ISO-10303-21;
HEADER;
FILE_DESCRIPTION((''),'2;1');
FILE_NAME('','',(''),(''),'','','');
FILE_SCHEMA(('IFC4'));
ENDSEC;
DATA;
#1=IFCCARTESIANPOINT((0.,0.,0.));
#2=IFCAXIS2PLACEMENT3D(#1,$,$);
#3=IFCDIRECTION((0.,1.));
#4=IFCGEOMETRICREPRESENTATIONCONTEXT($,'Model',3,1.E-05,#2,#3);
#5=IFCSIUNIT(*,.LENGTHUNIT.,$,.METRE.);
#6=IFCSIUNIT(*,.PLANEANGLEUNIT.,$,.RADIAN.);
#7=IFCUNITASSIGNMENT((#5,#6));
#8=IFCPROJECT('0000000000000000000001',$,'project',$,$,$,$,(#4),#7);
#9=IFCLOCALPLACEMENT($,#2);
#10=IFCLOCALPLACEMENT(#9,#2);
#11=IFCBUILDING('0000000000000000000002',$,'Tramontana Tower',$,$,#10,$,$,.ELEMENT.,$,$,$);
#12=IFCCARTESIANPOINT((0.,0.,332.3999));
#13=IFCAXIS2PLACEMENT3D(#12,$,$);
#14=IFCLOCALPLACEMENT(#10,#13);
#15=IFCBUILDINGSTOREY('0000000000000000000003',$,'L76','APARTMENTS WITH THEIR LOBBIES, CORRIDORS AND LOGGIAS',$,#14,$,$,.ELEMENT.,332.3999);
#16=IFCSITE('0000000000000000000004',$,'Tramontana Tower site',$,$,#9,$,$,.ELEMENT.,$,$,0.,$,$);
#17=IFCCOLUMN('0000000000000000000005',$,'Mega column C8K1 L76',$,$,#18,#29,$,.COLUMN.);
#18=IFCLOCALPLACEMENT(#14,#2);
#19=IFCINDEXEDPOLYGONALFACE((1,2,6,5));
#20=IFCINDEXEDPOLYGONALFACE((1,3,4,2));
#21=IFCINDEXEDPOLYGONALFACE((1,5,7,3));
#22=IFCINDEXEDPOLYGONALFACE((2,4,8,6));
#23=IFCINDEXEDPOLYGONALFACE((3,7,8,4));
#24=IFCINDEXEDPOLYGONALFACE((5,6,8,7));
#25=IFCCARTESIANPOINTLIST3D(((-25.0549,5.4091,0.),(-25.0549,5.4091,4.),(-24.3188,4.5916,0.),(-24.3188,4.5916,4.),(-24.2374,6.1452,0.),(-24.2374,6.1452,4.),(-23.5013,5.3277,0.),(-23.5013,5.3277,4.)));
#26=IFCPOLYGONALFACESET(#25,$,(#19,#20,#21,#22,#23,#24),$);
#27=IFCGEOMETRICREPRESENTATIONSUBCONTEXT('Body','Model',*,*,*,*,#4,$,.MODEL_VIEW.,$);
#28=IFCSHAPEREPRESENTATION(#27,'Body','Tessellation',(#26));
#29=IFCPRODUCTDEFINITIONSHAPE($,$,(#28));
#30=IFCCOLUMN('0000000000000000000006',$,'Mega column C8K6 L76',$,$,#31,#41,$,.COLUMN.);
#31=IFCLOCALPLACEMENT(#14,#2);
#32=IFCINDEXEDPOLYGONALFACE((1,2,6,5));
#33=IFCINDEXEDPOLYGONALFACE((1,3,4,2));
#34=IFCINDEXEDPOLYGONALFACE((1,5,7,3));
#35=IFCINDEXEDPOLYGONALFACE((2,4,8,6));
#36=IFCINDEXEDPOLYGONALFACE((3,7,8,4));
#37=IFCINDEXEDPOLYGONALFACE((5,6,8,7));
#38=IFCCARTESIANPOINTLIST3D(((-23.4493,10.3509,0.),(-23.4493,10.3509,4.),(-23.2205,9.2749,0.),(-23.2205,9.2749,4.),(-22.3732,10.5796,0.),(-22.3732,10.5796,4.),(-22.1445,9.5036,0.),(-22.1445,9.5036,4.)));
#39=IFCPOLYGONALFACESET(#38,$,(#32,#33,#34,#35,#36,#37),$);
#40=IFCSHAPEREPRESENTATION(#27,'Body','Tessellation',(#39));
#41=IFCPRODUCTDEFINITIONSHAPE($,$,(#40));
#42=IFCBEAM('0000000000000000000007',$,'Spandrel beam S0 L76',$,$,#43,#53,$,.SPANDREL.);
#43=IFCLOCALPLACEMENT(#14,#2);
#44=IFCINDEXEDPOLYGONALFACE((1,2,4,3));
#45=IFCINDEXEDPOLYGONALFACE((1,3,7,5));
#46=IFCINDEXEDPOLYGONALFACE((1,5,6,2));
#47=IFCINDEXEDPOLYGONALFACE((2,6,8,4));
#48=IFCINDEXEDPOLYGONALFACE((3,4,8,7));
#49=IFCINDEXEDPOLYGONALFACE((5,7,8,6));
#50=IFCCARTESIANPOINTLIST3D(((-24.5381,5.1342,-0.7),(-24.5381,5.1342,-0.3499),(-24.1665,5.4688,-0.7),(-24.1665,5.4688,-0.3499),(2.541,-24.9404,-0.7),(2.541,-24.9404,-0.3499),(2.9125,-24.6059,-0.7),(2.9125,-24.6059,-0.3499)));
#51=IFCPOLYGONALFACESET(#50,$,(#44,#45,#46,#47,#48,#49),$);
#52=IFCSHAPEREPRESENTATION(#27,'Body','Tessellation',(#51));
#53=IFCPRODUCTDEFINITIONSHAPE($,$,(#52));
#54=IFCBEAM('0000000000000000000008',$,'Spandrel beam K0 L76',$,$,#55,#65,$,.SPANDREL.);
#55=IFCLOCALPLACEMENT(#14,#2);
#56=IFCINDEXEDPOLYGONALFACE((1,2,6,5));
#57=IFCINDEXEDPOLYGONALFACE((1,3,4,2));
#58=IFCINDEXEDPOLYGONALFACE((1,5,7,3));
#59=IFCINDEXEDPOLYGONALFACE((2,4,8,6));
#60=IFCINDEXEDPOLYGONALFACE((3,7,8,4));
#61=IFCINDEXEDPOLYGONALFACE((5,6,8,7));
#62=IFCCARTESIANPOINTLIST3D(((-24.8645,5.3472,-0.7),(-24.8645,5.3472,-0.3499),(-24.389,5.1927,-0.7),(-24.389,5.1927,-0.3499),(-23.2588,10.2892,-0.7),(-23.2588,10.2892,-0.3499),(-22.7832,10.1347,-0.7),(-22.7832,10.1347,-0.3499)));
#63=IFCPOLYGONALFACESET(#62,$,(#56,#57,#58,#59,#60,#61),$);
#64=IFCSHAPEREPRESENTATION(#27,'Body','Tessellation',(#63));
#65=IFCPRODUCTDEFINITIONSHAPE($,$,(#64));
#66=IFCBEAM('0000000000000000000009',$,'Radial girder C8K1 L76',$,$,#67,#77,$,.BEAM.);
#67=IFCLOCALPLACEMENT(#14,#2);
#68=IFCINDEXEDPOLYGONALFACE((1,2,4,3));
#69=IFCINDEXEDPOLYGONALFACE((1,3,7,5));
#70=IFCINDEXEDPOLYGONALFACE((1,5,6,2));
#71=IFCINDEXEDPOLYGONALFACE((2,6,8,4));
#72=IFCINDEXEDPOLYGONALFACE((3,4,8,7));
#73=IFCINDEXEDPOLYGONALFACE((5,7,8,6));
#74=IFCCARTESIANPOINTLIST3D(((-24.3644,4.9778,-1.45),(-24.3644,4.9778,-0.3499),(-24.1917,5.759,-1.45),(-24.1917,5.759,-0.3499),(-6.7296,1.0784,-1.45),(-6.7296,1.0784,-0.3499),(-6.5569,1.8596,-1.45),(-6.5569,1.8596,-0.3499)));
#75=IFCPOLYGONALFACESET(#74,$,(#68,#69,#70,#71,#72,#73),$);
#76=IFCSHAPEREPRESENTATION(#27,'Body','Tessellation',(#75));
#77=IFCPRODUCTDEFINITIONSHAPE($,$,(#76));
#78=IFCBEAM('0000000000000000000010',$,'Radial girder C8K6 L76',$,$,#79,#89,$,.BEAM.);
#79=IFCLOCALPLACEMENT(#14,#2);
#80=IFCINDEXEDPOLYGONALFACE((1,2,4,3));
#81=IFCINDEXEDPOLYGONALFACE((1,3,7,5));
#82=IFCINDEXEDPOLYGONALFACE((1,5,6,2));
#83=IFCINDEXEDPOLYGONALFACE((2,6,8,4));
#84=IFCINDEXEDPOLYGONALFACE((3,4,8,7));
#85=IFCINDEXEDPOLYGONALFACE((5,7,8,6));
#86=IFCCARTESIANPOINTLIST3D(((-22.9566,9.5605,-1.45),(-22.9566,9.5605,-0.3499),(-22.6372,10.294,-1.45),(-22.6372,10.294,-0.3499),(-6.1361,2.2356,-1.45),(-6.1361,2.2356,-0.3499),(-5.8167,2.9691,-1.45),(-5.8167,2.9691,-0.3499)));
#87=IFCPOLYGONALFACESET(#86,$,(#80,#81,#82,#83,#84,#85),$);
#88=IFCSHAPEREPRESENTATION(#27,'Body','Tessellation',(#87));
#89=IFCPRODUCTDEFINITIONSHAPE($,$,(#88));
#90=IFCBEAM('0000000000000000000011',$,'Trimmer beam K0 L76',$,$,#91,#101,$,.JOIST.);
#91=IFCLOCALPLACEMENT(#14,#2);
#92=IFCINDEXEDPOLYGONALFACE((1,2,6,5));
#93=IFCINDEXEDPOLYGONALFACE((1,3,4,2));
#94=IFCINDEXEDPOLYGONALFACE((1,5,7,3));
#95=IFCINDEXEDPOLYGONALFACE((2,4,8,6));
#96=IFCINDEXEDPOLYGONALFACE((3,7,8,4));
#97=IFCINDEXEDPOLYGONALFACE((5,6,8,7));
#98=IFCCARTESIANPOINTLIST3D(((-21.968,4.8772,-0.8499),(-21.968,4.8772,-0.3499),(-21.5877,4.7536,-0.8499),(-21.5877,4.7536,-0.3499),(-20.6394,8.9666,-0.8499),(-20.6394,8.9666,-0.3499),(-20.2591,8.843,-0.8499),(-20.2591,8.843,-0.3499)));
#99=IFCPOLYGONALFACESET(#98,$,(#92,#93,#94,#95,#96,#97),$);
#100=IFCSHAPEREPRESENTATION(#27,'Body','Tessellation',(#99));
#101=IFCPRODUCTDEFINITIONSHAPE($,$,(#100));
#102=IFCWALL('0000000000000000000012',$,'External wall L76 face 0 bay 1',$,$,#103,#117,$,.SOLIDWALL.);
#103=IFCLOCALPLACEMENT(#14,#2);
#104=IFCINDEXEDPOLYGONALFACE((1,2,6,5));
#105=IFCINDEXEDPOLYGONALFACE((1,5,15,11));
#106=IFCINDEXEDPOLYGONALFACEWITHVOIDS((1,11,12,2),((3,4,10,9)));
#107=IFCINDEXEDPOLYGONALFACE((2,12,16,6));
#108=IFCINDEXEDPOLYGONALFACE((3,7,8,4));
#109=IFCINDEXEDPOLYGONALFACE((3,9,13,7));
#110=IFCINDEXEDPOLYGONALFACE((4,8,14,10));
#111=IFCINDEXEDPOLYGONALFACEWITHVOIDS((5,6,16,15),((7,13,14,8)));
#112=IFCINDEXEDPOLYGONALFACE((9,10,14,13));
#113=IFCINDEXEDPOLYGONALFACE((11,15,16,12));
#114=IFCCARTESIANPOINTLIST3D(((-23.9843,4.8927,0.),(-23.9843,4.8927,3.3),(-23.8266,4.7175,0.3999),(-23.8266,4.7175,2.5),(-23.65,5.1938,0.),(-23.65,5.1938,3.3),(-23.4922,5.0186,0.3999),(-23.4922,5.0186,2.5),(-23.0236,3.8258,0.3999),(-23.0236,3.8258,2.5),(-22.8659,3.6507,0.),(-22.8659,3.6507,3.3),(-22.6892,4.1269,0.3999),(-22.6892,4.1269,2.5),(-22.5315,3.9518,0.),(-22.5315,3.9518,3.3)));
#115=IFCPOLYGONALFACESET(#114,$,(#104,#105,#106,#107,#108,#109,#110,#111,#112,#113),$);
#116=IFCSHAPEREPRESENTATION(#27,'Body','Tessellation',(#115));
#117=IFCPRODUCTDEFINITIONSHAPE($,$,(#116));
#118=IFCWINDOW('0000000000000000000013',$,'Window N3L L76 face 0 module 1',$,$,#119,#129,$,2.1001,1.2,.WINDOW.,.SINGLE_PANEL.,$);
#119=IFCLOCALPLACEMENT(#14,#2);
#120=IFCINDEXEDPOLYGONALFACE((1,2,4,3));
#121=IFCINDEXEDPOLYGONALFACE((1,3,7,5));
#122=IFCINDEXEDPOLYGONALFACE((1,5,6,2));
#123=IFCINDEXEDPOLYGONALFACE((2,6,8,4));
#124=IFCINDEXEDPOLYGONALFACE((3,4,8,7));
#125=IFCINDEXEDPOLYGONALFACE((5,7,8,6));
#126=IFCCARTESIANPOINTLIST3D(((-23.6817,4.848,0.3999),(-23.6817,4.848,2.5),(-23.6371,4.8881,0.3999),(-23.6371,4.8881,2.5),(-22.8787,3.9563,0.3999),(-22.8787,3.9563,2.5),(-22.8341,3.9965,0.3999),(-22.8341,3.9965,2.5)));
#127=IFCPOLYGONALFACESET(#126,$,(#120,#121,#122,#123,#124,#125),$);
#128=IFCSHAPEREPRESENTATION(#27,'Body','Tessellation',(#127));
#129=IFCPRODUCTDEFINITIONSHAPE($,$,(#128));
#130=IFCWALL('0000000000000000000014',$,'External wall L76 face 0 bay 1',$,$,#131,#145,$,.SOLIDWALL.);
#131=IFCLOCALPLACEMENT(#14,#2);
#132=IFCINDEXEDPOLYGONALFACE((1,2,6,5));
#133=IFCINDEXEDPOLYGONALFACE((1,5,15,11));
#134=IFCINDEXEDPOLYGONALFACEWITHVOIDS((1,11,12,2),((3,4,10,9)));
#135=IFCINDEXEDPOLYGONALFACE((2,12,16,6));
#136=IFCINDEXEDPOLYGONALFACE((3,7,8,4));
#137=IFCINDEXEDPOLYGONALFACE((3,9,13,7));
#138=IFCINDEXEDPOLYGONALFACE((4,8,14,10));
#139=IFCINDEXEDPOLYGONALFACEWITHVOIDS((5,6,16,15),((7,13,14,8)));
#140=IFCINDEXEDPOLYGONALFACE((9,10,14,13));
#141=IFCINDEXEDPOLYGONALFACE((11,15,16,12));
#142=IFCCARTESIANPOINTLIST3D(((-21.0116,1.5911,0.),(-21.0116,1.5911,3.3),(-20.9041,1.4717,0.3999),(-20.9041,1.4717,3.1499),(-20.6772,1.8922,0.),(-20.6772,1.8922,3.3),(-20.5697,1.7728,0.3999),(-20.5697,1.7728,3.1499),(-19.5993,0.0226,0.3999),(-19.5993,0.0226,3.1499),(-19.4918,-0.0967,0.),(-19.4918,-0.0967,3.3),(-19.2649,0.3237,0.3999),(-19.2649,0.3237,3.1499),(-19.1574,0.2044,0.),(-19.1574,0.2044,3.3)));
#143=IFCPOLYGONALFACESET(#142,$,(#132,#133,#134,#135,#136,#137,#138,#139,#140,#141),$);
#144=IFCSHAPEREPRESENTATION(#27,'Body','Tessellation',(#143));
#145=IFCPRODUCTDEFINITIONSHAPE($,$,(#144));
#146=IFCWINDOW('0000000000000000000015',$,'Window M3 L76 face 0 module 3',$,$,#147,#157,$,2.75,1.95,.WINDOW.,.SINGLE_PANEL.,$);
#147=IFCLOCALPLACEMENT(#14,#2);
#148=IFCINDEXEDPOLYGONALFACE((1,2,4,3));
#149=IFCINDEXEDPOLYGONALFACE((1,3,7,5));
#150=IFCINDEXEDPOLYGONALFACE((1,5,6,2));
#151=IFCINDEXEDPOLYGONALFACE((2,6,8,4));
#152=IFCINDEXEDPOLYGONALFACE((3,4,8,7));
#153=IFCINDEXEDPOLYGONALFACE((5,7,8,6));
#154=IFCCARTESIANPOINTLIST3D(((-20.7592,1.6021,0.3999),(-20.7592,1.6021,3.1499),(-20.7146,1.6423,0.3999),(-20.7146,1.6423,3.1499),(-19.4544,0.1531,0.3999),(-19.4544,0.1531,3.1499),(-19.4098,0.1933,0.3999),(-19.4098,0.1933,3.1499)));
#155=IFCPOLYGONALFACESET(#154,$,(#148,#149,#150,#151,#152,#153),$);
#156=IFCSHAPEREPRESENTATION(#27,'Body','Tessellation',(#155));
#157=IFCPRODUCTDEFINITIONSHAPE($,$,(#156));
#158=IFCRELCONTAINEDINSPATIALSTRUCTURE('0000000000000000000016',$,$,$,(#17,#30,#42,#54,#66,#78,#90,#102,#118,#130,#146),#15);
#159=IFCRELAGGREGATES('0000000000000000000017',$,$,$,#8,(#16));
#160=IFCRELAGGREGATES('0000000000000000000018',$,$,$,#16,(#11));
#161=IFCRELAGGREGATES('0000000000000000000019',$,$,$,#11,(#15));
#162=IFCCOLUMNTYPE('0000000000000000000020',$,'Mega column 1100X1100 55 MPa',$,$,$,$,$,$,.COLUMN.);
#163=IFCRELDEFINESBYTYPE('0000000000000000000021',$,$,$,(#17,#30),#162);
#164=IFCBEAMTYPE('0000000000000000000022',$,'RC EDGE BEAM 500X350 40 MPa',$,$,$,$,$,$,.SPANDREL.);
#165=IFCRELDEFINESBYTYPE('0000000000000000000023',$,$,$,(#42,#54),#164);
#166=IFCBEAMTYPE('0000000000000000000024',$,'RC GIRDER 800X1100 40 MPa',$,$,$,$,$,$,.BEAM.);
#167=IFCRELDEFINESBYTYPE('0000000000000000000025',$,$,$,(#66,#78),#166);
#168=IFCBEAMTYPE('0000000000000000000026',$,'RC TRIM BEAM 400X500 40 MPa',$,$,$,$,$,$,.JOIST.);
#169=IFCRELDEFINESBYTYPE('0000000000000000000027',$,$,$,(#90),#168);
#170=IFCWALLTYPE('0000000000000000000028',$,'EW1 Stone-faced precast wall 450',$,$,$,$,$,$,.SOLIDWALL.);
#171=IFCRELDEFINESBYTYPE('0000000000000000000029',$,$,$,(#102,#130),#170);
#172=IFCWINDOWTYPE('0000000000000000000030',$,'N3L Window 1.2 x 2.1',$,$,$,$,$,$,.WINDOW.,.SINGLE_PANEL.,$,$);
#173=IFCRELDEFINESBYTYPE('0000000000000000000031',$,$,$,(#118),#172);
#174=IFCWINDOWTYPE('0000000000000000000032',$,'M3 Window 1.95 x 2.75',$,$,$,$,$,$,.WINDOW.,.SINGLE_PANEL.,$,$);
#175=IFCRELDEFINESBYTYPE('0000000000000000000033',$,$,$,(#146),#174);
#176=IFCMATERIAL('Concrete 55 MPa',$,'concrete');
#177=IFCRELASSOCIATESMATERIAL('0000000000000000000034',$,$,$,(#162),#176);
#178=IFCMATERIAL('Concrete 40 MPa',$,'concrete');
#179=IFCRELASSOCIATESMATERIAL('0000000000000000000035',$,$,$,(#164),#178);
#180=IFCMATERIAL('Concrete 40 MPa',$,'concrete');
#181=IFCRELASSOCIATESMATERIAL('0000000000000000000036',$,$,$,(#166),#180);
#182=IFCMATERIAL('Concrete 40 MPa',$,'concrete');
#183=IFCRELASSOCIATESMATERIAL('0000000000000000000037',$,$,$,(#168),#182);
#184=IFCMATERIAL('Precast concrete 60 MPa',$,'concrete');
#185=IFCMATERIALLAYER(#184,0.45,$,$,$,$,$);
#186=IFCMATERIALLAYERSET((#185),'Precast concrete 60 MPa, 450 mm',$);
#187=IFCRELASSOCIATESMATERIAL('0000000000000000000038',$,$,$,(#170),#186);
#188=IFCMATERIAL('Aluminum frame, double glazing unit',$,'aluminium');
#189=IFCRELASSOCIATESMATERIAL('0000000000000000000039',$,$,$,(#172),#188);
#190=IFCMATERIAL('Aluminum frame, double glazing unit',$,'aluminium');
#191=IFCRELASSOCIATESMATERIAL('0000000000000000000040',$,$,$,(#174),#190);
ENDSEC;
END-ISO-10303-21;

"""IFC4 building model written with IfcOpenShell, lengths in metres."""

from ifc_helpers import new_model, si_unit, direction, frame, frame_2d, origin, origin_2d, place, context, subcontext, project, spatial, rectangle, extrude, material, layer, layer_set, material_profile, profile_set, type_object, element, fill, save


model = new_model("IFC4")

# Units and contexts
model_context = context("Model", 3, precision=1e-05, world=origin(), true_north=direction((0.0, 1.0)))
body_context = subcontext(model_context, "Body", "Model", "MODEL_VIEW")
ifc_project = project(units=[si_unit("LENGTHUNIT", "METRE"), si_unit("PLANEANGLEUNIT", "RADIAN")], contexts=[model_context])

# Site, building, storey
site_placement = place(None, origin())
site = spatial("IfcSite", under=ifc_project, at=site_placement, Name="Tramontana Tower site", CompositionType="ELEMENT", RefElevation=0.0)
building_placement = place(site_placement, origin())
building = spatial("IfcBuilding", under=site, at=building_placement, Name="Tramontana Tower", CompositionType="ELEMENT")
storey_placement = place(building_placement, frame((0.0, 0.0, 332.3999)))
storey = spatial("IfcBuildingStorey", under=building, at=storey_placement, Name="L76", Description="APARTMENTS WITH THEIR LOBBIES, CORRIDORS AND LOGGIAS", CompositionType="ELEMENT", Elevation=332.3999)

# Columns
ifc_material_1 = material(Name="Concrete 55 MPa", Category="concrete")
ifc_material_profile_1 = material_profile(ifc_material_1, rectangle(XDim=1.1001, YDim=1.1001, at=origin_2d()), Name="Mega column 1100X1100 55 MPa")
ifc_profile_set_1 = profile_set([ifc_material_profile_1], Name="Concrete 55 MPa")
column_type = type_object("IfcColumnType", Name="Mega column 1100X1100 55 MPa", PredefinedType="COLUMN", material=ifc_profile_set_1)
for number, where, z_axis, x_axis, name in (
    (1, (-24.2781, 5.3684, 0.0), (0.0, 0.0, 1.0), (0.669131, -0.743145, 0.0), "Mega column C8K1 L76"),
    (2, (-22.7969, 9.9272, 0.0), (0.0, 0.0, 1.0), (-0.978148, -0.207912, 0.0), "Mega column C8K6 L76"),
):
    element("IfcColumn", number, at=place(storey_placement, frame(where, z_axis=z_axis, x_axis=x_axis)), inside=storey, type_object=column_type, Name=name, PredefinedType="COLUMN", context=body_context, shape_type="SweptSolid", body=[
        extrude(rectangle(XDim=1.1001, YDim=1.1001, at=origin_2d()), origin(), (0.0, 0.0, 1.0), 4.0),
    ])

# Beams
ifc_material_2 = material(Name="Concrete 40 MPa", Category="concrete")
ifc_material_profile_2 = material_profile(ifc_material_2, rectangle(XDim=0.5, YDim=0.3501, at=origin_2d()), Name="RC EDGE BEAM 500X350 40 MPa")
ifc_profile_set_2 = profile_set([ifc_material_profile_2], Name="Concrete 40 MPa")
beam_type_1 = type_object("IfcBeamType", Name="RC EDGE BEAM 500X350 40 MPa", PredefinedType="SPANDREL", material=ifc_profile_set_2)
beam_1_placement = place(storey_placement, frame((-24.3523, 5.3015, -0.5249), z_axis=(0.669127, -0.743148, 0.0), x_axis=(0.743148, 0.669127, 0.0)))
element("IfcBeam", 3, at=beam_1_placement, inside=storey, type_object=beam_type_1, Name="Spandrel beam S0 L76", PredefinedType="SPANDREL", context=body_context, shape_type="SweptSolid", body=[
    extrude(rectangle(XDim=0.5, YDim=0.3501, at=origin_2d()), origin(), (0.0, 0.0, 1.0), 40.4692),
])
beam_2_placement = place(storey_placement, frame((-23.021, 10.2119, -0.5249), z_axis=(-0.309016, -0.951057, 0.0), x_axis=(0.951057, -0.309016, 0.0)))
element("IfcBeam", 4, at=beam_2_placement, inside=storey, type_object=beam_type_1, Name="Spandrel beam K0 L76", PredefinedType="SPANDREL", context=body_context, shape_type="SweptSolid", body=[
    extrude(rectangle(XDim=0.5, YDim=0.3501, at=origin_2d()), origin(), (0.0, 0.0, 1.0), 5.1963),
])
ifc_material_3 = material(Name="Concrete 40 MPa", Category="concrete")
ifc_material_profile_3 = material_profile(ifc_material_3, rectangle(XDim=0.8, YDim=1.1001, at=origin_2d()), Name="RC GIRDER 800X1100 40 MPa")
ifc_profile_set_3 = profile_set([ifc_material_profile_3], Name="Concrete 40 MPa")
beam_type_2 = type_object("IfcBeamType", Name="RC GIRDER 800X1100 40 MPa", PredefinedType="BEAM", material=ifc_profile_set_3)
beam_3_placement = place(storey_placement, frame((-24.2781, 5.3684, -0.8999), z_axis=(0.976414, -0.215906, 0.0), x_axis=(0.215906, 0.976414, 0.0)))
element("IfcBeam", 5, at=beam_3_placement, inside=storey, type_object=beam_type_2, Name="Radial girder C8K1 L76", PredefinedType="BEAM", context=body_context, shape_type="SweptSolid", body=[
    extrude(rectangle(XDim=0.8, YDim=1.1001, at=origin_2d()), origin(), (0.0, 0.0, 1.0), 18.0608),
])
beam_4_placement = place(storey_placement, frame((-22.7969, 9.9272, -0.8999), z_axis=(0.916837, -0.399261, 0.0), x_axis=(0.399261, 0.916837, 0.0)))
element("IfcBeam", 6, at=beam_4_placement, inside=storey, type_object=beam_type_2, Name="Radial girder C8K6 L76", PredefinedType="BEAM", context=body_context, shape_type="SweptSolid", body=[
    extrude(rectangle(XDim=0.8, YDim=1.1001, at=origin_2d()), origin(), (0.0, 0.0, 1.0), 18.3462),
])
ifc_material_4 = material(Name="Concrete 40 MPa", Category="concrete")
ifc_material_profile_4 = material_profile(ifc_material_4, rectangle(XDim=0.3999, YDim=0.5, at=origin_2d()), Name="RC TRIM BEAM 400X500 40 MPa")
ifc_profile_set_4 = profile_set([ifc_material_profile_4], Name="Concrete 40 MPa")
beam_type_3 = type_object("IfcBeamType", Name="RC TRIM BEAM 400X500 40 MPa", PredefinedType="JOIST", material=ifc_profile_set_4)
beam_5_placement = place(storey_placement, frame((-20.4492, 8.9048, -0.5999), z_axis=(-0.308996, -0.951063, 0.0), x_axis=(0.951063, -0.308996, 0.0)))
element("IfcBeam", 7, at=beam_5_placement, inside=storey, type_object=beam_type_3, Name="Trimmer beam K0 L76", PredefinedType="JOIST", context=body_context, shape_type="SweptSolid", body=[
    extrude(rectangle(XDim=0.3999, YDim=0.5, at=origin_2d()), origin(), (0.0, 0.0, 1.0), 4.2998),
])

# Walls, openings, windows
ifc_material_5 = material(Name="Precast concrete 60 MPa", Category="concrete")
ifc_layer_1 = layer(ifc_material_5, 0.45)
ifc_layer_set_1 = layer_set([ifc_layer_1], Name="Precast concrete 60 MPa, 450 mm")
wall_type_1 = type_object("IfcWallType", Name="EW1 Stone-faced precast wall 450", PredefinedType="SOLIDWALL", material=ifc_layer_set_1)
wall_1_placement = place(storey_placement, frame((-23.8171, 5.0432, 0.0), z_axis=(0.0, 0.0, 1.0), x_axis=(0.669183, -0.743098, 0.0)))
wall_1 = element("IfcWall", 8, at=wall_1_placement, inside=storey, type_object=wall_type_1, Name="External wall L76 face 0 bay 1", PredefinedType="SOLIDWALL", context=body_context, shape_type="SweptSolid", body=[
    extrude(rectangle(XDim=1.6714, YDim=0.45, at=frame_2d((0.8357, 0.0))), origin(), (0.0, 0.0, 1.0), 3.3),
])
opening_1_placement = place(wall_1_placement, frame((0.2356, 0.0, 0.3999)))
opening_1 = element("IfcOpeningElement", 9, at=opening_1_placement, cuts=wall_1, PredefinedType="OPENING", context=body_context, shape_type="SweptSolid", body=[
    extrude(rectangle(XDim=1.2, YDim=2.1001, at=frame_2d((0.6001, 1.05))), frame((0.0, 0.2349, 0.0), z_axis=(0.0, -1.0, 0.0), x_axis=(1.0, 0.0, 0.0)), (0.0, 0.0, 1.0), 0.47),
])
ifc_material_6 = material(Name="Aluminum frame, double glazing unit", Category="aluminium")
window_type_1 = type_object("IfcWindowType", Name="N3L Window 1.2 x 2.1", PartitioningType="SINGLE_PANEL", PredefinedType="WINDOW", material=ifc_material_6)
window_1_placement = place(opening_1_placement, origin())
window_1 = element("IfcWindow", 10, at=window_1_placement, inside=storey, type_object=window_type_1, Name="Window N3L L76 face 0 module 1", OverallHeight=2.1001, OverallWidth=1.2, PartitioningType="SINGLE_PANEL", PredefinedType="WINDOW", context=body_context, shape_type="SweptSolid", body=[
    extrude(rectangle(XDim=1.2, YDim=2.1001, at=frame_2d((0.6001, 1.05))), frame((0.0, 0.03, 0.0), z_axis=(0.0, -1.0, 0.0), x_axis=(1.0, 0.0, 0.0)), (0.0, 0.0, 1.0), 0.0601),
])
fill(opening_1, window_1)
wall_2_placement = place(storey_placement, frame((-20.8445, 1.7417, 0.0), z_axis=(0.0, 0.0, 1.0), x_axis=(0.669161, -0.743118, 0.0)))
wall_2 = element("IfcWall", 11, at=wall_2_placement, inside=storey, type_object=wall_type_1, Name="External wall L76 face 0 bay 1", PredefinedType="SOLIDWALL", context=body_context, shape_type="SweptSolid", body=[
    extrude(rectangle(XDim=2.2712, YDim=0.45, at=frame_2d((1.1357, 0.0))), origin(), (0.0, 0.0, 1.0), 3.3),
])
opening_2_placement = place(wall_2_placement, frame((0.1606, 0.0, 0.3999)))
opening_2 = element("IfcOpeningElement", 12, at=opening_2_placement, cuts=wall_2, PredefinedType="OPENING", context=body_context, shape_type="SweptSolid", body=[
    extrude(rectangle(XDim=1.95, YDim=2.75, at=frame_2d((0.9751, 1.375))), frame((0.0, 0.2349, 0.0), z_axis=(0.0, -1.0, 0.0), x_axis=(1.0, 0.0, 0.0)), (0.0, 0.0, 1.0), 0.47),
])
ifc_material_7 = material(Name="Aluminum frame, double glazing unit", Category="aluminium")
window_type_2 = type_object("IfcWindowType", Name="M3 Window 1.95 x 2.75", PartitioningType="SINGLE_PANEL", PredefinedType="WINDOW", material=ifc_material_7)
window_2_placement = place(opening_2_placement, origin())
window_2 = element("IfcWindow", 13, at=window_2_placement, inside=storey, type_object=window_type_2, Name="Window M3 L76 face 0 module 3", OverallHeight=2.75, OverallWidth=1.95, PartitioningType="SINGLE_PANEL", PredefinedType="WINDOW", context=body_context, shape_type="SweptSolid", body=[
    extrude(rectangle(XDim=1.95, YDim=2.75, at=frame_2d((0.9751, 1.375))), frame((0.0, 0.03, 0.0), z_axis=(0.0, -1.0, 0.0), x_axis=(1.0, 0.0, 0.0)), (0.0, 0.0, 1.0), 0.0601),
])
fill(opening_2, window_2)

save(model, "model.ifc")
